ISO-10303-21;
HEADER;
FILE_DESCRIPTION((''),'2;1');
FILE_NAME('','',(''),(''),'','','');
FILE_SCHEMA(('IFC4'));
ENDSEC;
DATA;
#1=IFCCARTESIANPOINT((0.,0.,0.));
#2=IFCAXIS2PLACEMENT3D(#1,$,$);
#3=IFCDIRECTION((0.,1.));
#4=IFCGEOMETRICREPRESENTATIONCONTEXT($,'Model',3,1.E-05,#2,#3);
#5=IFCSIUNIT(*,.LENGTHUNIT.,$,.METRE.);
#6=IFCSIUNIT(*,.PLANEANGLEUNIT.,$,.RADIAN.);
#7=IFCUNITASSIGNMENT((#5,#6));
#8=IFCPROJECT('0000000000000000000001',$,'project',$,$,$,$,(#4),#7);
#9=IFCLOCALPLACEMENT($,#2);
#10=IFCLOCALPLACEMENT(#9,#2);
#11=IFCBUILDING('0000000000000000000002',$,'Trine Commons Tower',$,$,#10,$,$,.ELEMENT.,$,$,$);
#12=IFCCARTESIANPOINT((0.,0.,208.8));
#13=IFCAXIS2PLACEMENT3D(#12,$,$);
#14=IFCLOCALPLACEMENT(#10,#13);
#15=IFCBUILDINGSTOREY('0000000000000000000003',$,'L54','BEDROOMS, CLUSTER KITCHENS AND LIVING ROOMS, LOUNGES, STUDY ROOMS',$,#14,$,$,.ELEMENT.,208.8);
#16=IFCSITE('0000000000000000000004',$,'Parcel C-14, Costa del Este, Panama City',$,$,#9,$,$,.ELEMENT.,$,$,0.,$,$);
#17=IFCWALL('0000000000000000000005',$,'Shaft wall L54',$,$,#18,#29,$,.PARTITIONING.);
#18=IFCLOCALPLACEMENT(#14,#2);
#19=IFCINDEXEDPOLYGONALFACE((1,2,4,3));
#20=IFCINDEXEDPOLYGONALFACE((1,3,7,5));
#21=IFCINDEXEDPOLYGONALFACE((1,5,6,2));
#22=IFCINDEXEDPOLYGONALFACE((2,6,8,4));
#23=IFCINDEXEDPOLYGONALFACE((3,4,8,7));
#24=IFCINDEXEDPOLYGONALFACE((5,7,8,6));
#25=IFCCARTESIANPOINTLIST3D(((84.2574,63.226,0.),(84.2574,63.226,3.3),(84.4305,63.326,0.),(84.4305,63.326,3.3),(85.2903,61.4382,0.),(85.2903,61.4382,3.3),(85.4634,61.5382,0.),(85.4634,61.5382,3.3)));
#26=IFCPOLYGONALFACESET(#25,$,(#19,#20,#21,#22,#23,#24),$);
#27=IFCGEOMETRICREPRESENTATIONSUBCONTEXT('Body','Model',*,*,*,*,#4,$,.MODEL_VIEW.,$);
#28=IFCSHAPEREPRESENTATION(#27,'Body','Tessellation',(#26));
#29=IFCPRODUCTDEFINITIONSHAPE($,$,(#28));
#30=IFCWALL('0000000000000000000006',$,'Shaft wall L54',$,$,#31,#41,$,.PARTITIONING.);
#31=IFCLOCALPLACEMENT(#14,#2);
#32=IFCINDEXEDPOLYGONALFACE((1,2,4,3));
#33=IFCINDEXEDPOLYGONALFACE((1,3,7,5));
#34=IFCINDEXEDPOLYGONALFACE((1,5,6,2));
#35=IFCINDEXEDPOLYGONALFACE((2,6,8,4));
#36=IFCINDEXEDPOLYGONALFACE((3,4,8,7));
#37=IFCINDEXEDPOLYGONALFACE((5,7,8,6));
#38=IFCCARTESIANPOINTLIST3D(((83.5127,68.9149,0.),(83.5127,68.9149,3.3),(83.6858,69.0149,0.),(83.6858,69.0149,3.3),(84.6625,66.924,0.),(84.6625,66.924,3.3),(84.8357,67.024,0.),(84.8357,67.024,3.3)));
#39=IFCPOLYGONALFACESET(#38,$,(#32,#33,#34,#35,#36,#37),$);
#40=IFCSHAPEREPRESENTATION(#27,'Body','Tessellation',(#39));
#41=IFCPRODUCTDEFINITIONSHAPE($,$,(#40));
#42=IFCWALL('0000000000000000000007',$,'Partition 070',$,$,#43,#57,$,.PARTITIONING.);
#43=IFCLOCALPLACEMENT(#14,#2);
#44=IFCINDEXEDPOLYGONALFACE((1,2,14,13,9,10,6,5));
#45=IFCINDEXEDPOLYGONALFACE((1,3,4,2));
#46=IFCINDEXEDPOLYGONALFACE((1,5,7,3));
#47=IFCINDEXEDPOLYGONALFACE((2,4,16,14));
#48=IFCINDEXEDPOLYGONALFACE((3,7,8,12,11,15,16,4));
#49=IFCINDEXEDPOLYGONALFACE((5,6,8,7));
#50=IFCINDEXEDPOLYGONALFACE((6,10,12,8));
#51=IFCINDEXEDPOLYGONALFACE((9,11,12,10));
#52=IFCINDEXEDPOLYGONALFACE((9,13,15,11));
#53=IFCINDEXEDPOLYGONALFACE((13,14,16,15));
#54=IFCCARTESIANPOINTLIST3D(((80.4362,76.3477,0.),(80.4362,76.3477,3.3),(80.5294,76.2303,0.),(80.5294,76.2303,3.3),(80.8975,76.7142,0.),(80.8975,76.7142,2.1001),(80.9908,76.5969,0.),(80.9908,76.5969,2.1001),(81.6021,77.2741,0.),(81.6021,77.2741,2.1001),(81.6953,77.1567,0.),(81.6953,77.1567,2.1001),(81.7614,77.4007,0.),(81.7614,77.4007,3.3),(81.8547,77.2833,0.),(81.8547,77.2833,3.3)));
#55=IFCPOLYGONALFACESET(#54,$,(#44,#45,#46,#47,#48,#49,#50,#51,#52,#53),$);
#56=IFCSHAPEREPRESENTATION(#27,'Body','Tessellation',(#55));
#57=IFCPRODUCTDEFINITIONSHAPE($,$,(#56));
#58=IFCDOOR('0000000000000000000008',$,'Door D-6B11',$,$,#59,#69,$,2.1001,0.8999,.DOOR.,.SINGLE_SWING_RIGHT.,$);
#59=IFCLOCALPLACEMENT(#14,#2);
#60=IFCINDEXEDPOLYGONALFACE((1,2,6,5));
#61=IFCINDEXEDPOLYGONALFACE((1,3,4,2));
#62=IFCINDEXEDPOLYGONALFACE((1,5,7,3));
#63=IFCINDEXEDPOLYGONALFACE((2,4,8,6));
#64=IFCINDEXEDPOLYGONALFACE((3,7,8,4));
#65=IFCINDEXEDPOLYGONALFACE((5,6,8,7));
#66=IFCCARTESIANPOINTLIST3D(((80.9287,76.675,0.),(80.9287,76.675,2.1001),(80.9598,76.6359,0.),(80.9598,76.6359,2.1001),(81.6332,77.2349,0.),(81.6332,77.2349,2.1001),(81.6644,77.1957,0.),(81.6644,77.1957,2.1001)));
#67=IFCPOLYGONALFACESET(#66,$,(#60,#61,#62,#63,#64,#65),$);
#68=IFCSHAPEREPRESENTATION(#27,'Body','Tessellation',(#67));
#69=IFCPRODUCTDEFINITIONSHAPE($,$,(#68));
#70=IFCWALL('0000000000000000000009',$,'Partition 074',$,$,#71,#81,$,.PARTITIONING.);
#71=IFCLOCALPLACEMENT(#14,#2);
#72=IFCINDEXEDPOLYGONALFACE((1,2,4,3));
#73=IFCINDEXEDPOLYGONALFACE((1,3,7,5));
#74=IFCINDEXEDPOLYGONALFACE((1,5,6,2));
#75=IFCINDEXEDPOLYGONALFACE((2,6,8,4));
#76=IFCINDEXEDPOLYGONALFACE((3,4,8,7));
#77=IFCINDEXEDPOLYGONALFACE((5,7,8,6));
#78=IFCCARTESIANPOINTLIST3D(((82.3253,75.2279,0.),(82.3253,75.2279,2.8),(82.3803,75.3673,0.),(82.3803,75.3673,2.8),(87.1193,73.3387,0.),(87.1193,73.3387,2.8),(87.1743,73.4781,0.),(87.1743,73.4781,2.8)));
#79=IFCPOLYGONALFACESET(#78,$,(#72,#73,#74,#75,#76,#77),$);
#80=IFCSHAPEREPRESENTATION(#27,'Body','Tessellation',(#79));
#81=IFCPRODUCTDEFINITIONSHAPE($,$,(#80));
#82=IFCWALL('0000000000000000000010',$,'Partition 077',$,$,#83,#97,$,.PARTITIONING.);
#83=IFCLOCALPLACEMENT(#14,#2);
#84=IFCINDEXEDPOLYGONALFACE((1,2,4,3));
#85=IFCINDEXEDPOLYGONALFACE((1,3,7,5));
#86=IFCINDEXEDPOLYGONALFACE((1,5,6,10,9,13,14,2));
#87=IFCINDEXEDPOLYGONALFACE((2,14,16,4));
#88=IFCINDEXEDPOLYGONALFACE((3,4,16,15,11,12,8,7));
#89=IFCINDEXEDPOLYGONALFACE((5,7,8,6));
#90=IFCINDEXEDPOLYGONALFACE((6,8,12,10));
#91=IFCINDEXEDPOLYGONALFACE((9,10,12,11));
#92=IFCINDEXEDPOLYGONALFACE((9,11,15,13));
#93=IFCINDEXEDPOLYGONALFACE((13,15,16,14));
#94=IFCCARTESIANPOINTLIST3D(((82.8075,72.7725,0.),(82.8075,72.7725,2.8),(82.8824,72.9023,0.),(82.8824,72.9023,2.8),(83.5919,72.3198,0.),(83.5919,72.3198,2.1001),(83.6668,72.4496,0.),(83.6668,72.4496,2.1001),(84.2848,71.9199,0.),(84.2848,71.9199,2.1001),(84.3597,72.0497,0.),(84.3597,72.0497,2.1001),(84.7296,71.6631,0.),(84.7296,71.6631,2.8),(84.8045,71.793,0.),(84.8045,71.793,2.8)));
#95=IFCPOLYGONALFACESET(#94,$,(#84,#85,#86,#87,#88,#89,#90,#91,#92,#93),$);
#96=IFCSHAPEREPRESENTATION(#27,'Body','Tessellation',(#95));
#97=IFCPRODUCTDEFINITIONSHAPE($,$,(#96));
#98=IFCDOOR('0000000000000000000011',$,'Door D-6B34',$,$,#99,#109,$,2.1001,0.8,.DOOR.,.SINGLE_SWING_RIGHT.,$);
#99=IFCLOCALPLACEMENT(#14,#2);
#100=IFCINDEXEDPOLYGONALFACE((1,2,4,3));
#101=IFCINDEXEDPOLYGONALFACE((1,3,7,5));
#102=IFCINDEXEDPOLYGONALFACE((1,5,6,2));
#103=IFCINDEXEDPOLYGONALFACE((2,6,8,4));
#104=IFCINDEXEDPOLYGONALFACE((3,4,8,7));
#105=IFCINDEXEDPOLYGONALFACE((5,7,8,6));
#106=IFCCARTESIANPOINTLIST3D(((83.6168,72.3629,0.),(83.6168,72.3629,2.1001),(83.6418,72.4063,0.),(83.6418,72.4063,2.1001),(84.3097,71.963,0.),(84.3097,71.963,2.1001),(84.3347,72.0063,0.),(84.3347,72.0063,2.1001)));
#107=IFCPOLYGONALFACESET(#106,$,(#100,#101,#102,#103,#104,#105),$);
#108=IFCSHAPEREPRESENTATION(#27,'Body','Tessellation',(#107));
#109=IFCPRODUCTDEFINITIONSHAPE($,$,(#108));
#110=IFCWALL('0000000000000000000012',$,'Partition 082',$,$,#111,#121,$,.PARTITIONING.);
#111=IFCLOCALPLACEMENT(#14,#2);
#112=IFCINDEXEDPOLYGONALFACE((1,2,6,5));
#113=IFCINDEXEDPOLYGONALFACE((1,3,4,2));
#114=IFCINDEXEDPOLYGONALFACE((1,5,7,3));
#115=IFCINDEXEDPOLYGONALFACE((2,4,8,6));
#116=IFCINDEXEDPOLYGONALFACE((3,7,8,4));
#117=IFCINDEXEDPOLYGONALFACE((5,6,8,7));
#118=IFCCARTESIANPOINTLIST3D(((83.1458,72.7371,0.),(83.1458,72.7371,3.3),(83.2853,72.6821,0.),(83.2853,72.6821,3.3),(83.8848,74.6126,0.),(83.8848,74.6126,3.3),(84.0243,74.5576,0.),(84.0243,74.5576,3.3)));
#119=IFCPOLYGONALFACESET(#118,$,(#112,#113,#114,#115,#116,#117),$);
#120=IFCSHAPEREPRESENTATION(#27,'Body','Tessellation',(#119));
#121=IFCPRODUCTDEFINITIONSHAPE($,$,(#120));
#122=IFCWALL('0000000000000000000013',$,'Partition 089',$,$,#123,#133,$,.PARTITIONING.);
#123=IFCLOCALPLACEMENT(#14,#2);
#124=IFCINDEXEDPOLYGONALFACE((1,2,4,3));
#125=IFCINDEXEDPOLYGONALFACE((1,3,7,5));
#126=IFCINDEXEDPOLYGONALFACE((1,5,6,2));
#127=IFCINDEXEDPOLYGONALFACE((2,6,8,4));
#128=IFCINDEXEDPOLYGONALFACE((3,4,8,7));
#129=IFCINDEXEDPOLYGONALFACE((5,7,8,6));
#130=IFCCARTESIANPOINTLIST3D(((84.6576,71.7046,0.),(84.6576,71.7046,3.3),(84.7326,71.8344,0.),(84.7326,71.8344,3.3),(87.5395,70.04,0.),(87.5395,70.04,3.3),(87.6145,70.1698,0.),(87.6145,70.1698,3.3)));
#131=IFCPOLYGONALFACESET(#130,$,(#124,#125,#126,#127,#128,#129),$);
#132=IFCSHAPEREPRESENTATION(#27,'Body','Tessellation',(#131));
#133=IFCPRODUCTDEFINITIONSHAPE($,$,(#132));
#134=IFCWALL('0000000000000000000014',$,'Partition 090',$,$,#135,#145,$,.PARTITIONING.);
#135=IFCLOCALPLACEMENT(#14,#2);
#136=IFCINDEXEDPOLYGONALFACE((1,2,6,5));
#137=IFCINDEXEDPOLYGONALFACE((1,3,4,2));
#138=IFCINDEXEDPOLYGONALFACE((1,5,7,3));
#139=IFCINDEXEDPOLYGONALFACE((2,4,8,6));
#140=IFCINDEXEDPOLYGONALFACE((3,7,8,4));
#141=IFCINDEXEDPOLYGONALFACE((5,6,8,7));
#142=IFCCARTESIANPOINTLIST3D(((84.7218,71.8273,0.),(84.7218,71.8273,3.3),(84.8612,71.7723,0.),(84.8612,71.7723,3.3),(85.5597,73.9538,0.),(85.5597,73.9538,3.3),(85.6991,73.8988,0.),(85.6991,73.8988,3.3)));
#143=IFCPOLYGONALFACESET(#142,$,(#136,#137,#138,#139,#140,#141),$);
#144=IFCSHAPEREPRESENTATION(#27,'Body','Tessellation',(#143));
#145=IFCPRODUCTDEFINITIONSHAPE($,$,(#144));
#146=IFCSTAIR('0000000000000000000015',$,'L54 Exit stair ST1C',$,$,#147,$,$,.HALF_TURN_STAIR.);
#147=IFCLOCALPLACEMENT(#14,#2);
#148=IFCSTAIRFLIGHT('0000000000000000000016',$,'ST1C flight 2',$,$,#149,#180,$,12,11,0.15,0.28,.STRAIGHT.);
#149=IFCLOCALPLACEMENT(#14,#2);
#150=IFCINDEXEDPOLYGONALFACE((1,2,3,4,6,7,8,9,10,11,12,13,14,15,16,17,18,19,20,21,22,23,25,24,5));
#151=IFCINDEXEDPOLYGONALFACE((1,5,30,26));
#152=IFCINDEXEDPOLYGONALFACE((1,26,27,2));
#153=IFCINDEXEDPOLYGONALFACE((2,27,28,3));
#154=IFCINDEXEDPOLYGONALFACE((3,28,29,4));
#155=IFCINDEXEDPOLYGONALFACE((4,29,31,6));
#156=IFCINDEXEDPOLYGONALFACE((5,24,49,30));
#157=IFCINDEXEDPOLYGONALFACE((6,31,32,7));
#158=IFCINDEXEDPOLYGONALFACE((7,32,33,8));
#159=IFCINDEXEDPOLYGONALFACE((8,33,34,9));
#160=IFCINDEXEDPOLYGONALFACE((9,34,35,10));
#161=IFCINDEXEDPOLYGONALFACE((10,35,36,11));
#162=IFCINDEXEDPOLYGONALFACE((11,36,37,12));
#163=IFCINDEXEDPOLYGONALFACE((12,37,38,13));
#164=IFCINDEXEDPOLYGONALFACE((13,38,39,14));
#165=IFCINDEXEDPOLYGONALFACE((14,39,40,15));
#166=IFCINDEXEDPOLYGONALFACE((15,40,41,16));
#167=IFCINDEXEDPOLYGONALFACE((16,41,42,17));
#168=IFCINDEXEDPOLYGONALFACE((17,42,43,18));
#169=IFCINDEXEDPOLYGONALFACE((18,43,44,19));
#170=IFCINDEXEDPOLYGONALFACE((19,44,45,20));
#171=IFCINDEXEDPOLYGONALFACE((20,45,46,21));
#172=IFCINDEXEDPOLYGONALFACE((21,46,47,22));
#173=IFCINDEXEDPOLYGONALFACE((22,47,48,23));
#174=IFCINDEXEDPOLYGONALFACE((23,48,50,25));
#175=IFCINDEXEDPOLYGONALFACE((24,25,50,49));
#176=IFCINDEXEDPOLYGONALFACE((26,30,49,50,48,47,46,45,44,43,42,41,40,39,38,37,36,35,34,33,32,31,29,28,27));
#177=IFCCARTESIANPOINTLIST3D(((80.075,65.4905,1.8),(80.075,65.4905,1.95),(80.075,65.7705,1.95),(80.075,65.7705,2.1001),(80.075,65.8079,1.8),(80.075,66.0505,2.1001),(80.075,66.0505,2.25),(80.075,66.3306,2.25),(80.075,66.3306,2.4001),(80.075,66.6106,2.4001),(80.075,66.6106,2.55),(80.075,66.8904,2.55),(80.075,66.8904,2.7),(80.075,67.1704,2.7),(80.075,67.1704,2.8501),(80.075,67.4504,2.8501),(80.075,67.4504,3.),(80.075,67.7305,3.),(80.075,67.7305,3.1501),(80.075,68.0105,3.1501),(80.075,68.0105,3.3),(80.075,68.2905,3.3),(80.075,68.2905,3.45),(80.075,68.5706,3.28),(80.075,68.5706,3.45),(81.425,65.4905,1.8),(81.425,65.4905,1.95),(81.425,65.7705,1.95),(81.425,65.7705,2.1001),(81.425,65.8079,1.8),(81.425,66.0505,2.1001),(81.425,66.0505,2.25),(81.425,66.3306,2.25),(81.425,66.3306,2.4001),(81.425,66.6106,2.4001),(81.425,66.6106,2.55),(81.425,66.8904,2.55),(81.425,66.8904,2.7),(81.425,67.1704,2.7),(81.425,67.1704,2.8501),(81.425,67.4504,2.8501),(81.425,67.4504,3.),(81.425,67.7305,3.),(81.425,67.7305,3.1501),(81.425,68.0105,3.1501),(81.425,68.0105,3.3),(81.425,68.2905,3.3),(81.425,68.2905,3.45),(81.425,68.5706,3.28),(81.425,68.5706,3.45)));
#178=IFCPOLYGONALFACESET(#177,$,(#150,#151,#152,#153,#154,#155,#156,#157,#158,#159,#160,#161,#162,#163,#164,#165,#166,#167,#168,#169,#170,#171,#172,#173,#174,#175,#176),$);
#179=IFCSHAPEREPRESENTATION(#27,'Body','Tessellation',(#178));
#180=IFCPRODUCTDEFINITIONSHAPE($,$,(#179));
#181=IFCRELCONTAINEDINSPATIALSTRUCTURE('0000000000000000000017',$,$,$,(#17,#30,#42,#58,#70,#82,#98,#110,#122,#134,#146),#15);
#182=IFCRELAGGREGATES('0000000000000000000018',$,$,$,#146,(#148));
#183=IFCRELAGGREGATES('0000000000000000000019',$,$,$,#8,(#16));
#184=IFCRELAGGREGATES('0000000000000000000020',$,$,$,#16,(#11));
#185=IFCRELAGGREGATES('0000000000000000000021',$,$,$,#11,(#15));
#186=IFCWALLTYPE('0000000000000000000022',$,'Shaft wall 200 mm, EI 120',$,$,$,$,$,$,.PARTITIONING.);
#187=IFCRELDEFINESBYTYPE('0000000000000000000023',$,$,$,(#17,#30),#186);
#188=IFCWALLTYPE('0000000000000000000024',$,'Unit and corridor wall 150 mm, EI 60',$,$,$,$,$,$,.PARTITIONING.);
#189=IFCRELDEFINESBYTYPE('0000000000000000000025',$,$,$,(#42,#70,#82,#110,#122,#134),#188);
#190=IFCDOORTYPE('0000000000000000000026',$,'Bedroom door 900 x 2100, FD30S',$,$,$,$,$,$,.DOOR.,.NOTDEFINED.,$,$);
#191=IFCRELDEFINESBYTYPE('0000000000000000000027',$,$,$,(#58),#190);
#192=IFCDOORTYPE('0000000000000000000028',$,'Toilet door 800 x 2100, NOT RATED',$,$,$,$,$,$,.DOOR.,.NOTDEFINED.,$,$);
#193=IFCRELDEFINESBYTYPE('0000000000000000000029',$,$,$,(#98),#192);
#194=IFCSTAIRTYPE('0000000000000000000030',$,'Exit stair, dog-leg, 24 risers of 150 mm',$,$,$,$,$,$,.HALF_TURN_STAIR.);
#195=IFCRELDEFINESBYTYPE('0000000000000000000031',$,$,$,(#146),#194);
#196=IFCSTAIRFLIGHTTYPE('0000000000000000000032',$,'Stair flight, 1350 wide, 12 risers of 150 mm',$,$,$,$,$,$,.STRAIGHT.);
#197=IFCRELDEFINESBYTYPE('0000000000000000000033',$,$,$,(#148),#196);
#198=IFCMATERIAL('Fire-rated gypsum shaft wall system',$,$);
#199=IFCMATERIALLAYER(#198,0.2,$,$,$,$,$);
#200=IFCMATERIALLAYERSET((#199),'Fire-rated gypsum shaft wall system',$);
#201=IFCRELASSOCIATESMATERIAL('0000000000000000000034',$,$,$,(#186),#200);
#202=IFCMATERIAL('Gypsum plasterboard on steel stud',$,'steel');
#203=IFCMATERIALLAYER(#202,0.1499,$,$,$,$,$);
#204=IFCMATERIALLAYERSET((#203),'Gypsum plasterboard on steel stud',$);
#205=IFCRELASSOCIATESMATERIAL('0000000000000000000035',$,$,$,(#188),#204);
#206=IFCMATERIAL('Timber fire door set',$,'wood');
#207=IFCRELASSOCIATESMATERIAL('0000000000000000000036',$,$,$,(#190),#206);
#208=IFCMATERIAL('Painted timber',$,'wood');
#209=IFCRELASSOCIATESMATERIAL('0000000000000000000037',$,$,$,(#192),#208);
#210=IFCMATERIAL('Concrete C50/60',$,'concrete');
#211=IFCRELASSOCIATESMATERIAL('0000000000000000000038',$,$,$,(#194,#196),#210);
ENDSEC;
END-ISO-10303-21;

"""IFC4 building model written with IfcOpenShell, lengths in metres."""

from ifc_helpers import new_model, si_unit, direction, frame, frame_2d, origin, place, context, subcontext, project, spatial, polyline, rectangle, outline, extrude, material, layer, layer_set, type_object, element, fill, aggregate, save


model = new_model("IFC4")

# Units and contexts
model_context = context("Model", 3, precision=1e-05, world=origin(), true_north=direction((0.0, 1.0)))
body_context = subcontext(model_context, "Body", "Model", "MODEL_VIEW")
ifc_project = project(units=[si_unit("LENGTHUNIT", "METRE"), si_unit("PLANEANGLEUNIT", "RADIAN")], contexts=[model_context])

# Site, building, storey
site_placement = place(None, origin())
site = spatial("IfcSite", under=ifc_project, at=site_placement, Name="Parcel C-14, Costa del Este, Panama City", CompositionType="ELEMENT", RefElevation=0.0)
building_placement = place(site_placement, origin())
building = spatial("IfcBuilding", under=site, at=building_placement, Name="Trine Commons Tower", CompositionType="ELEMENT")
storey_placement = place(building_placement, frame((0.0, 0.0, 208.8)))
storey = spatial("IfcBuildingStorey", under=building, at=storey_placement, Name="L54", Description="BEDROOMS, CLUSTER KITCHENS AND LIVING ROOMS, LOUNGES, STUDY ROOMS", CompositionType="ELEMENT", Elevation=208.8)

# Shared definitions
ifc_material_1 = material(Name="Fire-rated gypsum shaft wall system")

# Walls
ifc_layer_1 = layer(ifc_material_1, 0.2)
ifc_layer_set_1 = layer_set([ifc_layer_1], Name="Fire-rated gypsum shaft wall system")
wall_type_1 = type_object("IfcWallType", Name="Shaft wall 200 mm, EI 120", PredefinedType="PARTITIONING", material=ifc_layer_set_1)
wall_1_placement = place(storey_placement, frame((84.344, 63.2759, 0.0), z_axis=(0.0, 0.0, 1.0), x_axis=(0.500272, -0.865868, 0.0)))
element("IfcWall", 1, at=wall_1_placement, inside=storey, type_object=wall_type_1, Name="Shaft wall L54", PredefinedType="PARTITIONING", context=body_context, shape_type="SweptSolid", body=[
    extrude(rectangle(XDim=2.0647, YDim=0.2, at=frame_2d((1.0322, 0.0))), origin(), (0.0, 0.0, 1.0), 3.3),
])
wall_2_placement = place(storey_placement, frame((84.749, 66.9741, 0.0), z_axis=(0.0, 0.0, 1.0), x_axis=(-0.500136, 0.865947, 0.0)))
element("IfcWall", 2, at=wall_2_placement, inside=storey, type_object=wall_type_1, Name="Shaft wall L54", PredefinedType="PARTITIONING", context=body_context, shape_type="SweptSolid", body=[
    extrude(rectangle(XDim=2.2991, YDim=0.2, at=frame_2d((1.1494, 0.0))), origin(), (0.0, 0.0, 1.0), 3.3),
])

# Wall, opening, door
ifc_material_2 = material(Name="Gypsum plasterboard on steel stud", Category="steel")
ifc_layer_2 = layer(ifc_material_2, 0.1499)
ifc_layer_set_2 = layer_set([ifc_layer_2], Name="Gypsum plasterboard on steel stud")
wall_type_2 = type_object("IfcWallType", Name="Unit and corridor wall 150 mm, EI 60", PredefinedType="PARTITIONING", material=ifc_layer_set_2)
wall_3_placement = place(storey_placement, frame((80.4829, 76.2891, 0.0), z_axis=(0.0, 0.0, 1.0), x_axis=(0.782933, 0.622106, 0.0)))
wall_3 = element("IfcWall", 3, at=wall_3_placement, inside=storey, type_object=wall_type_2, Name="Partition 070", PredefinedType="PARTITIONING", context=body_context, shape_type="SweptSolid", body=[
    extrude(rectangle(XDim=1.6926, YDim=0.1499, at=frame_2d((0.8462, 0.0))), origin(), (0.0, 0.0, 1.0), 3.3),
])
opening_1_placement = place(wall_3_placement, frame((0.5891, 0.0, 0.0)))
opening_1 = element("IfcOpeningElement", 4, at=opening_1_placement, cuts=wall_3, PredefinedType="OPENING", context=body_context, shape_type="SweptSolid", body=[
    extrude(rectangle(XDim=0.8999, YDim=2.1001, at=frame_2d((0.45, 1.05))), frame((0.0, 0.085, 0.0), z_axis=(0.0, -1.0, 0.0), x_axis=(1.0, 0.0, 0.0)), (0.0, 0.0, 1.0), 0.1699),
])
ifc_material_3 = material(Name="Timber fire door set", Category="wood")
door_type_1 = type_object("IfcDoorType", Name="Bedroom door 900 x 2100, FD30S", OperationType="NOTDEFINED", PredefinedType="DOOR", material=ifc_material_3)
door_1_placement = place(opening_1_placement, origin())
door_1 = element("IfcDoor", 5, at=door_1_placement, inside=storey, type_object=door_type_1, Name="Door D-6B11", OperationType="SINGLE_SWING_RIGHT", OverallHeight=2.1001, OverallWidth=0.8999, PredefinedType="DOOR", context=body_context, shape_type="SweptSolid", body=[
    extrude(rectangle(XDim=0.8999, YDim=2.1001, at=frame_2d((0.45, 1.05))), frame((0.0, 0.0249, 0.0), z_axis=(0.0, -1.0, 0.0), x_axis=(1.0, 0.0, 0.0)), (0.0, 0.0, 1.0), 0.05),
])
fill(opening_1, door_1)

# Wall
wall_4_placement = place(storey_placement, frame((82.3528, 75.2976, 0.0), z_axis=(0.0, 0.0, 1.0), x_axis=(0.930366, -0.366631, 0.0)))
element("IfcWall", 6, at=wall_4_placement, inside=storey, type_object=wall_type_2, Name="Partition 074", PredefinedType="PARTITIONING", context=body_context, shape_type="SweptSolid", body=[
    extrude(rectangle(XDim=5.1528, YDim=0.1499, at=frame_2d((2.5764, 0.0))), origin(), (0.0, 0.0, 1.0), 2.8),
])

# Wall, opening, door
wall_5_placement = place(storey_placement, frame((82.845, 72.8374, 0.0), z_axis=(0.0, 0.0, 1.0), x_axis=(0.866096, -0.499878, 0.0)))
wall_5 = element("IfcWall", 7, at=wall_5_placement, inside=storey, type_object=wall_type_2, Name="Partition 077", PredefinedType="PARTITIONING", context=body_context, shape_type="SweptSolid", body=[
    extrude(rectangle(XDim=2.2192, YDim=0.1499, at=frame_2d((1.1096, 0.0))), origin(), (0.0, 0.0, 1.0), 2.8),
])
opening_2_placement = place(wall_5_placement, frame((0.9058, 0.0, 0.0)))
opening_2 = element("IfcOpeningElement", 8, at=opening_2_placement, cuts=wall_5, PredefinedType="OPENING", context=body_context, shape_type="SweptSolid", body=[
    extrude(rectangle(XDim=0.8, YDim=2.1001, at=frame_2d((0.3999, 1.05))), frame((0.0, 0.085, 0.0), z_axis=(0.0, -1.0, 0.0), x_axis=(1.0, 0.0, 0.0)), (0.0, 0.0, 1.0), 0.1699),
])
ifc_material_4 = material(Name="Painted timber", Category="wood")
door_type_2 = type_object("IfcDoorType", Name="Toilet door 800 x 2100, NOT RATED", OperationType="NOTDEFINED", PredefinedType="DOOR", material=ifc_material_4)
door_2_placement = place(opening_2_placement, origin())
door_2 = element("IfcDoor", 9, at=door_2_placement, inside=storey, type_object=door_type_2, Name="Door D-6B34", OperationType="SINGLE_SWING_RIGHT", OverallHeight=2.1001, OverallWidth=0.8, PredefinedType="DOOR", context=body_context, shape_type="SweptSolid", body=[
    extrude(rectangle(XDim=0.8, YDim=2.1001, at=frame_2d((0.3999, 1.05))), frame((0.0, 0.0249, 0.0), z_axis=(0.0, -1.0, 0.0), x_axis=(1.0, 0.0, 0.0)), (0.0, 0.0, 1.0), 0.05),
])
fill(opening_2, door_2)

# Walls
wall_6_placement = place(storey_placement, frame((83.2156, 72.7097, 0.0), z_axis=(0.0, 0.0, 1.0), x_axis=(0.366604, 0.930377, 0.0)))
element("IfcWall", 10, at=wall_6_placement, inside=storey, type_object=wall_type_2, Name="Partition 082", PredefinedType="PARTITIONING", context=body_context, shape_type="SweptSolid", body=[
    extrude(rectangle(XDim=2.0159, YDim=0.1499, at=frame_2d((1.0078, 0.0))), origin(), (0.0, 0.0, 1.0), 3.3),
])
wall_7_placement = place(storey_placement, frame((84.6951, 71.7695, 0.0), z_axis=(0.0, 0.0, 1.0), x_axis=(0.865931, -0.500163, 0.0)))
element("IfcWall", 11, at=wall_7_placement, inside=storey, type_object=wall_type_2, Name="Partition 089", PredefinedType="PARTITIONING", context=body_context, shape_type="SweptSolid", body=[
    extrude(rectangle(XDim=3.3281, YDim=0.1499, at=frame_2d((1.6641, 0.0))), origin(), (0.0, 0.0, 1.0), 3.3),
])
wall_8_placement = place(storey_placement, frame((84.7915, 71.7998, 0.0), z_axis=(0.0, 0.0, 1.0), x_axis=(0.366597, 0.93038, 0.0)))
element("IfcWall", 12, at=wall_8_placement, inside=storey, type_object=wall_type_2, Name="Partition 090", PredefinedType="PARTITIONING", context=body_context, shape_type="SweptSolid", body=[
    extrude(rectangle(XDim=2.2856, YDim=0.1499, at=frame_2d((1.1428, 0.0))), origin(), (0.0, 0.0, 1.0), 3.3),
])

# Stair, stair flight
ifc_material_5 = material(Name="Concrete C50/60", Category="concrete")
stair_type = type_object("IfcStairType", Name="Exit stair, dog-leg, 24 risers of 150 mm", PredefinedType="HALF_TURN_STAIR", material=ifc_material_5)
stair_placement = place(storey_placement, origin())
stair = element("IfcStair", 13, at=stair_placement, inside=storey, type_object=stair_type, Name="L54 Exit stair ST1C", PredefinedType="HALF_TURN_STAIR")
stair_flight_type = type_object("IfcStairFlightType", Name="Stair flight, 1350 wide, 12 risers of 150 mm", PredefinedType="STRAIGHT", material=ifc_material_5)
stair_flight_placement = place(storey_placement, frame((80.75, 65.4905, 1.8), z_axis=(0.0, 0.0, 1.0), x_axis=(0.0, 1.0, 0.0)))
stair_flight = element("IfcStairFlight", 14, at=stair_flight_placement, type_object=stair_flight_type, Name="ST1C flight 2", NumberOfRisers=12, NumberOfTreads=11, PredefinedType="STRAIGHT", RiserHeight=0.15, TreadLength=0.28, context=body_context, shape_type="SweptSolid", body=[
    extrude(outline(polyline([(0.0, 0.0), (0.0, 0.1499), (0.28, 0.1499), (0.28, 0.3), (0.5601, 0.3), (0.5601, 0.45), (0.8401, 0.45), (0.8401, 0.6001), (1.1201, 0.6001), (1.1201, 0.75), (1.3999, 0.75), (1.3999, 0.8999), (1.6799, 0.8999), (1.6799, 1.05), (1.96, 1.05), (1.96, 1.2), (2.24, 1.2), (2.24, 1.3501), (2.52, 1.3501), (2.52, 1.5), (2.8, 1.5), (2.8, 1.6499), (3.0801, 1.6499), (3.0801, 1.8), (3.0801, 1.48), (0.3174, 0.0), (0.0, 0.0)])), frame((0.0, 0.675, 0.0), z_axis=(0.0, -1.0, 0.0), x_axis=(1.0, 0.0, 0.0)), (0.0, 0.0, 1.0), 1.3501),
])
aggregate(stair, [stair_flight])

save(model, "model.ifc")
